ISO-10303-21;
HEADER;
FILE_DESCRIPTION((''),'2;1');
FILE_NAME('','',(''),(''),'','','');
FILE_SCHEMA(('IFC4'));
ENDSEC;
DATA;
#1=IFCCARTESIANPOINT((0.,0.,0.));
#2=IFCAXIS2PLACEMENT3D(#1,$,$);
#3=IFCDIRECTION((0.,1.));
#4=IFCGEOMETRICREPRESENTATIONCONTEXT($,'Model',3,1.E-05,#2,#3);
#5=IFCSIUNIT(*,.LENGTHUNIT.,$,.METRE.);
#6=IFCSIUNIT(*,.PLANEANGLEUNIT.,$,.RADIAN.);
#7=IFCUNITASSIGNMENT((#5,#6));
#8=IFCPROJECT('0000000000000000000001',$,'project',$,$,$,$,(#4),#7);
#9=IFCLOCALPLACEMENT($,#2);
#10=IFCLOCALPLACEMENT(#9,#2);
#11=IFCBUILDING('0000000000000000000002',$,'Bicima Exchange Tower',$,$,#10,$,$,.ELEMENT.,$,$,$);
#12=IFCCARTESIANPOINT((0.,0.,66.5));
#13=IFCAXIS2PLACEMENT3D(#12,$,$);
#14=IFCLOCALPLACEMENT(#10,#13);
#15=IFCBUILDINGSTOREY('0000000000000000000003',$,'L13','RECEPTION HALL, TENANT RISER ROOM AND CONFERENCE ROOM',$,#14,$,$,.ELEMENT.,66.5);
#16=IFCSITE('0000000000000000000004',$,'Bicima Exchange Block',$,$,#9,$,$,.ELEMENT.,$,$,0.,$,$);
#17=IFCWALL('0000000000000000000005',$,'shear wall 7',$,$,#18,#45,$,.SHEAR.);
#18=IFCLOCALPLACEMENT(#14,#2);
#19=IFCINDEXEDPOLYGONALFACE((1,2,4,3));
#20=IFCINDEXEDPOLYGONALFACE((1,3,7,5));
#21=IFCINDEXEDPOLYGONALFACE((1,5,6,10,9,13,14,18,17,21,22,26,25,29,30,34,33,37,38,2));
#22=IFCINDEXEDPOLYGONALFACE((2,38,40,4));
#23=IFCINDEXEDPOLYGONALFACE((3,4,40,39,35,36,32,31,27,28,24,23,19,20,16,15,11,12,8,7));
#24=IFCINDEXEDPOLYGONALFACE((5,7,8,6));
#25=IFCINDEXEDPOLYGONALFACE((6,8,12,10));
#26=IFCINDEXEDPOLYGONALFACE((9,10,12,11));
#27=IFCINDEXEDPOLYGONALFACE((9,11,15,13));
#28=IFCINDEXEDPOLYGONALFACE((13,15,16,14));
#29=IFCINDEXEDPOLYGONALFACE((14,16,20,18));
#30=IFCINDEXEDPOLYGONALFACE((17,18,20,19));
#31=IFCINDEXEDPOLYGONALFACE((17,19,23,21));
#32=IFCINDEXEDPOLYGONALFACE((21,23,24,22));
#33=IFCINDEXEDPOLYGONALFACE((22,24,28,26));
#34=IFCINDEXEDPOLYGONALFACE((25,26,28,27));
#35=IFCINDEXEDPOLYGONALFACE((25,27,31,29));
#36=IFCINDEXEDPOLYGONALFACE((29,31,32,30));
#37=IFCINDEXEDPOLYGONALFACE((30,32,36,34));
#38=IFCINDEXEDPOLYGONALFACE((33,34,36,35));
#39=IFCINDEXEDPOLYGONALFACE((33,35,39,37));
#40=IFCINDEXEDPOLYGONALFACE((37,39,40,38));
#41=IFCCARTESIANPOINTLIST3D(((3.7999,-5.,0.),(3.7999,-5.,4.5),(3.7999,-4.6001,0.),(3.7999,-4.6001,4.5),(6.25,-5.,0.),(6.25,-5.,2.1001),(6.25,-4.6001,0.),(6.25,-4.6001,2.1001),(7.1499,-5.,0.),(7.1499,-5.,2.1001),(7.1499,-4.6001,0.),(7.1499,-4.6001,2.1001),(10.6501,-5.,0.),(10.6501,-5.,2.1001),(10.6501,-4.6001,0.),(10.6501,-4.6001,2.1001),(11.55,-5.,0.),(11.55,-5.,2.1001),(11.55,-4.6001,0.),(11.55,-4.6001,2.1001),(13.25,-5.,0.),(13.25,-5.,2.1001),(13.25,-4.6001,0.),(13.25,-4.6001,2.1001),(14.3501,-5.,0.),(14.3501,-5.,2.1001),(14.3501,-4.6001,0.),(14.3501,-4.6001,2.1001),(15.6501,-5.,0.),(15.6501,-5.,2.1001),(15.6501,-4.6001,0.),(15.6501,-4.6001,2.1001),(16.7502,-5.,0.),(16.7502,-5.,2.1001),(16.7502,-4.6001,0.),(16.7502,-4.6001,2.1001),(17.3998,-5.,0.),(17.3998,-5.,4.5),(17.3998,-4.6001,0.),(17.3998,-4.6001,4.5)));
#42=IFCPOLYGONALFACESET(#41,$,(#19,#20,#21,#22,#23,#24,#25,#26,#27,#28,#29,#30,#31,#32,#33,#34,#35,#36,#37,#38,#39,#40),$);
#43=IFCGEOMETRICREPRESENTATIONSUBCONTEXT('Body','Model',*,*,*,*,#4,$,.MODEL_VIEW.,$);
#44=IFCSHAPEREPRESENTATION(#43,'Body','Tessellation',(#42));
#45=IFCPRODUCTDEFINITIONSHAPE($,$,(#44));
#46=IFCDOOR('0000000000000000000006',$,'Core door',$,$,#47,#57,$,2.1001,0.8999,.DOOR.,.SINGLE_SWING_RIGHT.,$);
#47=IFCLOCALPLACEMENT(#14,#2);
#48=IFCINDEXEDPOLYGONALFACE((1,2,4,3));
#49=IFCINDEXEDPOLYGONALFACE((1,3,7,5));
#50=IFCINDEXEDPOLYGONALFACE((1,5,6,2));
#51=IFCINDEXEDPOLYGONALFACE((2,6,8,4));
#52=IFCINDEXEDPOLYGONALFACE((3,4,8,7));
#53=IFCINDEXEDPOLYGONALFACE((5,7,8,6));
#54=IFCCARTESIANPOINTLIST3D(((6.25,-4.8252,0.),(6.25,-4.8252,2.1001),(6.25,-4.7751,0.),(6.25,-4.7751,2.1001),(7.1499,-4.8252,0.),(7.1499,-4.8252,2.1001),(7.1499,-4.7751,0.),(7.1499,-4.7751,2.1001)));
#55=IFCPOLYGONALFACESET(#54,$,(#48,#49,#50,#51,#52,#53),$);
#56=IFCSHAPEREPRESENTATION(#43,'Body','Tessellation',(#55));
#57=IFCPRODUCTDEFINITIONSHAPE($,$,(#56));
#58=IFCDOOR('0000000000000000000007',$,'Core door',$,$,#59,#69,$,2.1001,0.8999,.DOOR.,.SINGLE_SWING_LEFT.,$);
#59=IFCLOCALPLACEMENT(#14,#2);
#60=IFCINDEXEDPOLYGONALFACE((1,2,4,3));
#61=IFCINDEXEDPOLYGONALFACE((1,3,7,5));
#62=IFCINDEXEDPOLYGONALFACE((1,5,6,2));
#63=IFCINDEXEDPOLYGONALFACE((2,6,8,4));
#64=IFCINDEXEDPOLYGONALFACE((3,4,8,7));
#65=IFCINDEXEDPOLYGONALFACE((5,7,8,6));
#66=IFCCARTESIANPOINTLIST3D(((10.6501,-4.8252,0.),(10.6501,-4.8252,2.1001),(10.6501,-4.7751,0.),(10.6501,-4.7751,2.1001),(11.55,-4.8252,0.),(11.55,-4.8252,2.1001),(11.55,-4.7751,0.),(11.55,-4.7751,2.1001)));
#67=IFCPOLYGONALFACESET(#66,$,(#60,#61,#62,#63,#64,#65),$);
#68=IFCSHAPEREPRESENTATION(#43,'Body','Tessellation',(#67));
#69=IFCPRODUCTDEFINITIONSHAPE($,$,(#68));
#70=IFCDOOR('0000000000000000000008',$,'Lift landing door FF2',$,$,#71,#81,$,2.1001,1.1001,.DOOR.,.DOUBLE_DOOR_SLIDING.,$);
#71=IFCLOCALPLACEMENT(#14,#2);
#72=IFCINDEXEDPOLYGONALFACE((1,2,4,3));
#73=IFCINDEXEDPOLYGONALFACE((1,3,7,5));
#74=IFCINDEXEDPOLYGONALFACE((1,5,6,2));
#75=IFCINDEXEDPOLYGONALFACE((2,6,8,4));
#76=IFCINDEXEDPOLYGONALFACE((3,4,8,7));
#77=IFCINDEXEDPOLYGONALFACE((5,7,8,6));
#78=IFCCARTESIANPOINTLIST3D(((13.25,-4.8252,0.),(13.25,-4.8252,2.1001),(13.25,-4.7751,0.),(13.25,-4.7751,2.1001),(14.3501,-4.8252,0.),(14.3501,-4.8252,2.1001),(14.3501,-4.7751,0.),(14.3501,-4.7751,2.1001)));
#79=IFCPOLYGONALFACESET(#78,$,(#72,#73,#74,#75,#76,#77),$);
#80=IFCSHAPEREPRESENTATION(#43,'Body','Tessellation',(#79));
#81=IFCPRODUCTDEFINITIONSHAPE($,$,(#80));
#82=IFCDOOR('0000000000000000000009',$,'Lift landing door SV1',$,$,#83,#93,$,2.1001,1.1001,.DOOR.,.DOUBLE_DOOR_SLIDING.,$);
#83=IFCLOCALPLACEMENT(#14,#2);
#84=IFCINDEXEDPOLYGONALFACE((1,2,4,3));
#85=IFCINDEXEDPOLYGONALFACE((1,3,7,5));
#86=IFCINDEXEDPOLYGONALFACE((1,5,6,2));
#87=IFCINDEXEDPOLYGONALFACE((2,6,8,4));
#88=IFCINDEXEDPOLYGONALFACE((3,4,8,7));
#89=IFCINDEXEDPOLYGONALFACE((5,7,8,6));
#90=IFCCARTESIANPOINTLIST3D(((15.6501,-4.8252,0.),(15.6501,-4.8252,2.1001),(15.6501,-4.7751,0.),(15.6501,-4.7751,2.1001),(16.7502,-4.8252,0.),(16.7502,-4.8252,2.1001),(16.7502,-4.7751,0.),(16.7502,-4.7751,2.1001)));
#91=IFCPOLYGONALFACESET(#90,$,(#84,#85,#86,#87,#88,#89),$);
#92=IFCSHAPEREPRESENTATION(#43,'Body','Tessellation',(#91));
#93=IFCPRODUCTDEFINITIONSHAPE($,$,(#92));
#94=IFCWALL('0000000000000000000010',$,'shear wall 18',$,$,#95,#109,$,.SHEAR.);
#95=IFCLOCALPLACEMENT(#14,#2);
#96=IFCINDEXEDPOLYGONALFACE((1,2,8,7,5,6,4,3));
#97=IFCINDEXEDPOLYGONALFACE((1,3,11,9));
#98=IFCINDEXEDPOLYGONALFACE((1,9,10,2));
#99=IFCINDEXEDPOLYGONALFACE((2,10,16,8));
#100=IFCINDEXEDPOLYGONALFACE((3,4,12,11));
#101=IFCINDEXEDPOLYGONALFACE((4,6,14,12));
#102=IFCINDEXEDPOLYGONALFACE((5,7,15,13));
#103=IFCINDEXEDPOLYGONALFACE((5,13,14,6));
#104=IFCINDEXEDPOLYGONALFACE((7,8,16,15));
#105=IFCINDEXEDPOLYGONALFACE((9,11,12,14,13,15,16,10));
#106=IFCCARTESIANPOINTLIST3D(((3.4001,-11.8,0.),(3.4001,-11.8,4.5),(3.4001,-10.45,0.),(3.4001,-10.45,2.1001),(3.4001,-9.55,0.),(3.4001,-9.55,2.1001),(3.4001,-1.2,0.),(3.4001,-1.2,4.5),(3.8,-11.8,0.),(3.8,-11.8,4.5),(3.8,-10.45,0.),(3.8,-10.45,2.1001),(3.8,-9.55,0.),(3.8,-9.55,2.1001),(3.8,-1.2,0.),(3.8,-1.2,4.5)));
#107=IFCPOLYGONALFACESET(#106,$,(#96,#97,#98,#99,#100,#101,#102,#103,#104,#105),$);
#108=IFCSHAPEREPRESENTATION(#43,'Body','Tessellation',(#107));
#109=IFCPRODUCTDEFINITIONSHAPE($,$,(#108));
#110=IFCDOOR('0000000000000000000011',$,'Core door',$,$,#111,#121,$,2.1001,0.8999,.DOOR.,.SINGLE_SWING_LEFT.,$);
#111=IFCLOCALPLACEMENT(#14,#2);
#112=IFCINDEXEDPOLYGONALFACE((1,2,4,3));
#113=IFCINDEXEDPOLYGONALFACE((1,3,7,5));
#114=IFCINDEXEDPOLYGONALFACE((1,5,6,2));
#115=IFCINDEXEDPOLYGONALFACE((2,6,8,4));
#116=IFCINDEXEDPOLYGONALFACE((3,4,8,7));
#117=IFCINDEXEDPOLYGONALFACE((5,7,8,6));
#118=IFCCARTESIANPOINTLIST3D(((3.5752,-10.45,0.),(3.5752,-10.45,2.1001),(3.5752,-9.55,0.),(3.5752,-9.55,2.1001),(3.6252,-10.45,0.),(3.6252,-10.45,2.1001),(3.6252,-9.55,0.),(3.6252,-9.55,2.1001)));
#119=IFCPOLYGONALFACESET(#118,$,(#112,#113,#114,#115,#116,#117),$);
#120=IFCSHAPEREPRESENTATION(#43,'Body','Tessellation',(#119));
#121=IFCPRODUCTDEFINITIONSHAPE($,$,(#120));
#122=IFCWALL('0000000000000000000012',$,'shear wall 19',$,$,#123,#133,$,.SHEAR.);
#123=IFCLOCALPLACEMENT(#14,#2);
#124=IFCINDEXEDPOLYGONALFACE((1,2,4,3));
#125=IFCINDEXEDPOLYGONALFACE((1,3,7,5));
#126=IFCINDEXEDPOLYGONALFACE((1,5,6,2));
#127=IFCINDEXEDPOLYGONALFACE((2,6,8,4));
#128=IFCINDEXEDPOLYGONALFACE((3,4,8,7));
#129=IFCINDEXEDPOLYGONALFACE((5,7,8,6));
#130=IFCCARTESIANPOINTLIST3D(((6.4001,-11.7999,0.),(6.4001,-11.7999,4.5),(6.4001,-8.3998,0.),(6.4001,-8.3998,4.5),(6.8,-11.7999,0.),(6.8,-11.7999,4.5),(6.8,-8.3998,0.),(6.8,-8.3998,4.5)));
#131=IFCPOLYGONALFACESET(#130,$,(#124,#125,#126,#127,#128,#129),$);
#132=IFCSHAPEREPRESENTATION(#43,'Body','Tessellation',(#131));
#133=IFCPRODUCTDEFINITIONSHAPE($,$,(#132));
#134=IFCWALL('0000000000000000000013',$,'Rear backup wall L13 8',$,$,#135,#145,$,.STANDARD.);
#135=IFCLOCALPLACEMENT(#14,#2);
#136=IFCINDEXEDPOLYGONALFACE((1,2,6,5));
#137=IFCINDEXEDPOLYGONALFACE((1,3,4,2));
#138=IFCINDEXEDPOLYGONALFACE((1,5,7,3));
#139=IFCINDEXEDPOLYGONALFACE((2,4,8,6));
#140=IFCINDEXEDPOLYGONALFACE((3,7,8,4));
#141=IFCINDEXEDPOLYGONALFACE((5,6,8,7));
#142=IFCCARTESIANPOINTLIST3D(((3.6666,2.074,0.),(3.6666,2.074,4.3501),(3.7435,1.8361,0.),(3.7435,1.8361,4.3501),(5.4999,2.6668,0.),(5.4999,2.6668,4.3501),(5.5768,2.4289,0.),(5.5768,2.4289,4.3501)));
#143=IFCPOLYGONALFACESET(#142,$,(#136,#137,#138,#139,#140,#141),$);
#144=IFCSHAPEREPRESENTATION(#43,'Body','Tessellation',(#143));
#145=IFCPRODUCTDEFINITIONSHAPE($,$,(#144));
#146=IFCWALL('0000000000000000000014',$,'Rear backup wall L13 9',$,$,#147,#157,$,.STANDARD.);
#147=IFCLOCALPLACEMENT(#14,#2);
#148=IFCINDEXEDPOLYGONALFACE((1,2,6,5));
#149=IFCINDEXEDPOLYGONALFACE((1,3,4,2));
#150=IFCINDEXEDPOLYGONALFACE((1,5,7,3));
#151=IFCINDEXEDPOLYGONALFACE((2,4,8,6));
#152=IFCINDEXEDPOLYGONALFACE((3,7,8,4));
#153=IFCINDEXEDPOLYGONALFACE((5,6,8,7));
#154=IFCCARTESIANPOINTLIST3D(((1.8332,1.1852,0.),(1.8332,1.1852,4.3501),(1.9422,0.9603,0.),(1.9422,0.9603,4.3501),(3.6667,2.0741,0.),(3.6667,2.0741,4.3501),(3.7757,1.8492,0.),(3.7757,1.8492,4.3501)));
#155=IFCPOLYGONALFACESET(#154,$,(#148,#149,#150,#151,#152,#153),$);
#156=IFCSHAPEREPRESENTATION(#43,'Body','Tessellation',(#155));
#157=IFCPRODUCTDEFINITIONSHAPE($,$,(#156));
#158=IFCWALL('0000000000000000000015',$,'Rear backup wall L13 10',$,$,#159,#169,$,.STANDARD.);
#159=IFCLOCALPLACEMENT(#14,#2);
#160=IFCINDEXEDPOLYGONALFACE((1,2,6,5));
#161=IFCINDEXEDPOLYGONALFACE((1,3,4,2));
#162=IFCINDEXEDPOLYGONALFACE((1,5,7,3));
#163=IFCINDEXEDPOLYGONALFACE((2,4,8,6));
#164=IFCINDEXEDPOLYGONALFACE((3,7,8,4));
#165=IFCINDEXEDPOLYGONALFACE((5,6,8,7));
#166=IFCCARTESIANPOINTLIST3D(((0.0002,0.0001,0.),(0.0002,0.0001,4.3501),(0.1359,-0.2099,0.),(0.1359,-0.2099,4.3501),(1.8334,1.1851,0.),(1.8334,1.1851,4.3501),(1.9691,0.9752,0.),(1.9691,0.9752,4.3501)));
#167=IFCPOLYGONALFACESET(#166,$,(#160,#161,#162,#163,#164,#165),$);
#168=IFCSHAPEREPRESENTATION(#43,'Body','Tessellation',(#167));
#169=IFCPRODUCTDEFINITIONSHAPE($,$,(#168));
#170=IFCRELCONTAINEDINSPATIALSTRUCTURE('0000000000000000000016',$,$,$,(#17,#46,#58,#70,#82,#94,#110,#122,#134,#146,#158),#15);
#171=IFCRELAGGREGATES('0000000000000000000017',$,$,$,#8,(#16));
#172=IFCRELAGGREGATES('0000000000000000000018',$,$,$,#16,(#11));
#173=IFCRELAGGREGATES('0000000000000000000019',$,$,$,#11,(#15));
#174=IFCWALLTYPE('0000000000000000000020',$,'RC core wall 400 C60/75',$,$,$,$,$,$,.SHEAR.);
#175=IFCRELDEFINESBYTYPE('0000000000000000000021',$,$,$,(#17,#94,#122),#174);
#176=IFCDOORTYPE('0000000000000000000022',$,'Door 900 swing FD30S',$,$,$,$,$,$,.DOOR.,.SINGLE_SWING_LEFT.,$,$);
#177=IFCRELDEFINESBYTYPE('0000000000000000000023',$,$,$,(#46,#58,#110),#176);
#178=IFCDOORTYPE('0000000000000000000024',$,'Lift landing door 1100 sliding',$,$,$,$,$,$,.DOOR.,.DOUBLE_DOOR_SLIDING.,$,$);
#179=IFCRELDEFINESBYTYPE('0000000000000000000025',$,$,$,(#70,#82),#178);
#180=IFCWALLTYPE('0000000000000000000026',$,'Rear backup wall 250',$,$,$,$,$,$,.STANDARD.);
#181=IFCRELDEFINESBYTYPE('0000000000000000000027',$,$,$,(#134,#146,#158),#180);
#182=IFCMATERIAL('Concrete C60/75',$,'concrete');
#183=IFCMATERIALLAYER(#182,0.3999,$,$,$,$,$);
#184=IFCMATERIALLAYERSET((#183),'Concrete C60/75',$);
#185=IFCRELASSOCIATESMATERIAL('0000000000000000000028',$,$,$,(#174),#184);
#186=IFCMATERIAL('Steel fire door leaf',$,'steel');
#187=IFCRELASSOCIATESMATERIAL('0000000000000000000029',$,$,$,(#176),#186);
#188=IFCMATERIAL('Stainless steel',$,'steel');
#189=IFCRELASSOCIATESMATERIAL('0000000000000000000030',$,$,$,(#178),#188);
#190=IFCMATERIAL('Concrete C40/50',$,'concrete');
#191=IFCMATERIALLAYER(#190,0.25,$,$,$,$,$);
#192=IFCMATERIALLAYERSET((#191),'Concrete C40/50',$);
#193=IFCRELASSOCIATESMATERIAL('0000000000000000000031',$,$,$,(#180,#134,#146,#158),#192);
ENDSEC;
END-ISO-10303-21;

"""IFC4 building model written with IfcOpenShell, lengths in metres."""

from ifc_helpers import new_model, si_unit, direction, frame, frame_2d, origin, place, context, subcontext, project, spatial, rectangle, extrude, material, layer, layer_set, layer_usage, type_object, element, fill, save


model = new_model("IFC4")

# Units and contexts
model_context = context("Model", 3, precision=1e-05, world=origin(), true_north=direction((0.0, 1.0)))
body_context = subcontext(model_context, "Body", "Model", "MODEL_VIEW")
ifc_project = project(units=[si_unit("LENGTHUNIT", "METRE"), si_unit("PLANEANGLEUNIT", "RADIAN")], contexts=[model_context])

# Site, building, storey
site_placement = place(None, origin())
site = spatial("IfcSite", under=ifc_project, at=site_placement, Name="Bicima Exchange Block", CompositionType="ELEMENT", RefElevation=0.0)
building_placement = place(site_placement, origin())
building = spatial("IfcBuilding", under=site, at=building_placement, Name="Bicima Exchange Tower", CompositionType="ELEMENT")
storey_placement = place(building_placement, frame((0.0, 0.0, 66.5)))
storey = spatial("IfcBuildingStorey", under=building, at=storey_placement, Name="L13", Description="RECEPTION HALL, TENANT RISER ROOM AND CONFERENCE ROOM", CompositionType="ELEMENT", Elevation=66.5)

# Shared definitions
ifc_material_1 = material(Name="Concrete C40/50", Category="concrete")

# Shared definitions
ifc_material_2 = material(Name="Concrete C60/75", Category="concrete")
ifc_layer_1 = layer(ifc_material_2, 0.3999)
ifc_layer_set_1 = layer_set([ifc_layer_1], Name="Concrete C60/75")
wall_type_1 = type_object("IfcWallType", Name="RC core wall 400 C60/75", PredefinedType="SHEAR", material=ifc_layer_set_1)
ifc_material_3 = material(Name="Steel fire door leaf", Category="steel")
door_type_1 = type_object("IfcDoorType", Name="Door 900 swing FD30S", OperationType="SINGLE_SWING_LEFT", PredefinedType="DOOR", material=ifc_material_3)

# Wall, openings, doors
wall_1_placement = place(storey_placement, frame((3.8, -4.8, 0.0), z_axis=(0.0, 0.0, 1.0), x_axis=(1.0, 0.0, 0.0)))
wall_1 = element("IfcWall", 1, at=wall_1_placement, inside=storey, type_object=wall_type_1, Name="shear wall 7", PredefinedType="SHEAR", context=body_context, shape_type="SweptSolid", body=[
    extrude(rectangle(XDim=13.5999, YDim=0.3999, at=frame_2d((6.7998, 0.0))), origin(), (0.0, 0.0, 1.0), 4.5),
])
opening_1_placement = place(wall_1_placement, frame((9.45, 0.0, 0.0)))
opening_1 = element("IfcOpeningElement", 2, at=opening_1_placement, cuts=wall_1, PredefinedType="OPENING", context=body_context, shape_type="SweptSolid", body=[
    extrude(rectangle(XDim=1.1001, YDim=2.1001, at=frame_2d((0.55, 1.05))), frame((0.0, 0.2119, 0.0), z_axis=(0.0, -1.0, 0.0), x_axis=(1.0, 0.0, 0.0)), (0.0, 0.0, 1.0), 0.4238),
])
opening_2_placement = place(wall_1_placement, frame((11.8501, 0.0, 0.0)))
opening_2 = element("IfcOpeningElement", 3, at=opening_2_placement, cuts=wall_1, PredefinedType="OPENING", context=body_context, shape_type="SweptSolid", body=[
    extrude(rectangle(XDim=1.1001, YDim=2.1001, at=frame_2d((0.55, 1.05))), frame((0.0, 0.2119, 0.0), z_axis=(0.0, -1.0, 0.0), x_axis=(1.0, 0.0, 0.0)), (0.0, 0.0, 1.0), 0.4238),
])
opening_3_placement = place(wall_1_placement, frame((2.45, 0.0, 0.0)))
opening_3 = element("IfcOpeningElement", 4, at=opening_3_placement, cuts=wall_1, PredefinedType="OPENING", context=body_context, shape_type="SweptSolid", body=[
    extrude(rectangle(XDim=0.8999, YDim=2.1001, at=frame_2d((0.45, 1.05))), frame((0.0, 0.2119, 0.0), z_axis=(0.0, -1.0, 0.0), x_axis=(1.0, 0.0, 0.0)), (0.0, 0.0, 1.0), 0.4238),
])
opening_4_placement = place(wall_1_placement, frame((6.8501, 0.0, 0.0)))
opening_4 = element("IfcOpeningElement", 5, at=opening_4_placement, cuts=wall_1, PredefinedType="OPENING", context=body_context, shape_type="SweptSolid", body=[
    extrude(rectangle(XDim=0.8999, YDim=2.1001, at=frame_2d((0.45, 1.05))), frame((0.0, 0.2119, 0.0), z_axis=(0.0, -1.0, 0.0), x_axis=(1.0, 0.0, 0.0)), (0.0, 0.0, 1.0), 0.4238),
])
door_1_placement = place(opening_3_placement, origin())
door_1 = element("IfcDoor", 6, at=door_1_placement, inside=storey, type_object=door_type_1, Name="Core door", OperationType="SINGLE_SWING_RIGHT", OverallHeight=2.1001, OverallWidth=0.8999, PredefinedType="DOOR", context=body_context, shape_type="SweptSolid", body=[
    extrude(rectangle(XDim=0.8999, YDim=2.1001, at=frame_2d((0.45, 1.05))), frame((0.0, 0.0249, 0.0), z_axis=(0.0, -1.0, 0.0), x_axis=(1.0, 0.0, 0.0)), (0.0, 0.0, 1.0), 0.05),
])
fill(opening_3, door_1)
door_2_placement = place(opening_4_placement, origin())
door_2 = element("IfcDoor", 7, at=door_2_placement, inside=storey, type_object=door_type_1, Name="Core door", OperationType="SINGLE_SWING_LEFT", OverallHeight=2.1001, OverallWidth=0.8999, PredefinedType="DOOR", context=body_context, shape_type="SweptSolid", body=[
    extrude(rectangle(XDim=0.8999, YDim=2.1001, at=frame_2d((0.45, 1.05))), frame((0.0, 0.0249, 0.0), z_axis=(0.0, -1.0, 0.0), x_axis=(1.0, 0.0, 0.0)), (0.0, 0.0, 1.0), 0.05),
])
fill(opening_4, door_2)
ifc_material_4 = material(Name="Stainless steel", Category="steel")
door_type_2 = type_object("IfcDoorType", Name="Lift landing door 1100 sliding", OperationType="DOUBLE_DOOR_SLIDING", PredefinedType="DOOR", material=ifc_material_4)
door_3_placement = place(opening_1_placement, origin())
door_3 = element("IfcDoor", 8, at=door_3_placement, inside=storey, type_object=door_type_2, Name="Lift landing door FF2", OperationType="DOUBLE_DOOR_SLIDING", OverallHeight=2.1001, OverallWidth=1.1001, PredefinedType="DOOR", context=body_context, shape_type="SweptSolid", body=[
    extrude(rectangle(XDim=1.1001, YDim=2.1001, at=frame_2d((0.55, 1.05))), frame((0.0, 0.0249, 0.0), z_axis=(0.0, -1.0, 0.0), x_axis=(1.0, 0.0, 0.0)), (0.0, 0.0, 1.0), 0.05),
])
fill(opening_1, door_3)
door_4_placement = place(opening_2_placement, origin())
door_4 = element("IfcDoor", 9, at=door_4_placement, inside=storey, type_object=door_type_2, Name="Lift landing door SV1", OperationType="DOUBLE_DOOR_SLIDING", OverallHeight=2.1001, OverallWidth=1.1001, PredefinedType="DOOR", context=body_context, shape_type="SweptSolid", body=[
    extrude(rectangle(XDim=1.1001, YDim=2.1001, at=frame_2d((0.55, 1.05))), frame((0.0, 0.0249, 0.0), z_axis=(0.0, -1.0, 0.0), x_axis=(1.0, 0.0, 0.0)), (0.0, 0.0, 1.0), 0.05),
])
fill(opening_2, door_4)

# Wall, opening, door
wall_2_placement = place(storey_placement, frame((3.6001, -11.8, 0.0), z_axis=(0.0, 0.0, 1.0), x_axis=(0.0, 1.0, 0.0)))
wall_2 = element("IfcWall", 10, at=wall_2_placement, inside=storey, type_object=wall_type_1, Name="shear wall 18", PredefinedType="SHEAR", context=body_context, shape_type="SweptSolid", body=[
    extrude(rectangle(XDim=10.6001, YDim=0.3999, at=frame_2d((5.3, 0.0))), origin(), (0.0, 0.0, 1.0), 4.5),
])
opening_5_placement = place(wall_2_placement, frame((1.3501, 0.0, 0.0)))
opening_5 = element("IfcOpeningElement", 11, at=opening_5_placement, cuts=wall_2, PredefinedType="OPENING", context=body_context, shape_type="SweptSolid", body=[
    extrude(rectangle(XDim=0.8999, YDim=2.1001, at=frame_2d((0.45, 1.05))), frame((0.0, 0.2119, 0.0), z_axis=(0.0, -1.0, 0.0), x_axis=(1.0, 0.0, 0.0)), (0.0, 0.0, 1.0), 0.4238),
])
door_5_placement = place(opening_5_placement, origin())
door_5 = element("IfcDoor", 12, at=door_5_placement, inside=storey, type_object=door_type_1, Name="Core door", OperationType="SINGLE_SWING_LEFT", OverallHeight=2.1001, OverallWidth=0.8999, PredefinedType="DOOR", context=body_context, shape_type="SweptSolid", body=[
    extrude(rectangle(XDim=0.8999, YDim=2.1001, at=frame_2d((0.45, 1.05))), frame((0.0, 0.0249, 0.0), z_axis=(0.0, -1.0, 0.0), x_axis=(1.0, 0.0, 0.0)), (0.0, 0.0, 1.0), 0.05),
])
fill(opening_5, door_5)

# Walls
wall_3_placement = place(storey_placement, frame((6.6001, -11.8, 0.0), z_axis=(0.0, 0.0, 1.0), x_axis=(0.0, 1.0, 0.0)))
element("IfcWall", 13, at=wall_3_placement, inside=storey, type_object=wall_type_1, Name="shear wall 19", PredefinedType="SHEAR", context=body_context, shape_type="SweptSolid", body=[
    extrude(rectangle(XDim=3.4001, YDim=0.3999, at=frame_2d((1.7002, 0.0))), origin(), (0.0, 0.0, 1.0), 4.5),
])
ifc_layer_2 = layer(ifc_material_1, 0.25)
ifc_layer_set_2 = layer_set([ifc_layer_2], Name="Concrete C40/50")
ifc_layer_usage = layer_usage(ifc_layer_set_2, "AXIS2", "POSITIVE", -0.125)
wall_type_2 = type_object("IfcWallType", Name="Rear backup wall 250", PredefinedType="STANDARD", material=ifc_layer_set_2)
wall_4_placement = place(storey_placement, frame((5.5383, 2.5479, 0.0), z_axis=(0.0, 0.0, 1.0), x_axis=(-0.951496, -0.307662, 0.0)))
element("IfcWall", 14, at=wall_4_placement, inside=storey, type_object=wall_type_2, material=ifc_layer_usage, Name="Rear backup wall L13 8", PredefinedType="STANDARD", context=body_context, shape_type="SweptSolid", body=[
    extrude(rectangle(XDim=1.9268, YDim=0.25, at=frame_2d((0.9634, 0.0))), origin(), (0.0, 0.0, 1.0), 4.3501),
])
wall_5_placement = place(storey_placement, frame((3.7212, 1.9617, 0.0), z_axis=(0.0, 0.0, 1.0), x_axis=(-0.899824, -0.436253, 0.0)))
element("IfcWall", 15, at=wall_5_placement, inside=storey, type_object=wall_type_2, material=ifc_layer_usage, Name="Rear backup wall L13 9", PredefinedType="STANDARD", context=body_context, shape_type="SweptSolid", body=[
    extrude(rectangle(XDim=2.0376, YDim=0.25, at=frame_2d((1.0188, 0.0))), origin(), (0.0, 0.0, 1.0), 4.3501),
])
wall_6_placement = place(storey_placement, frame((1.9011, 1.0801, 0.0), z_axis=(0.0, 0.0, 1.0), x_axis=(-0.839813, -0.542876, 0.0)))
element("IfcWall", 16, at=wall_6_placement, inside=storey, type_object=wall_type_2, material=ifc_layer_usage, Name="Rear backup wall L13 10", PredefinedType="STANDARD", context=body_context, shape_type="SweptSolid", body=[
    extrude(rectangle(XDim=2.1829, YDim=0.25, at=frame_2d((1.0913, 0.0))), origin(), (0.0, 0.0, 1.0), 4.3501),
])

save(model, "model.ifc")
